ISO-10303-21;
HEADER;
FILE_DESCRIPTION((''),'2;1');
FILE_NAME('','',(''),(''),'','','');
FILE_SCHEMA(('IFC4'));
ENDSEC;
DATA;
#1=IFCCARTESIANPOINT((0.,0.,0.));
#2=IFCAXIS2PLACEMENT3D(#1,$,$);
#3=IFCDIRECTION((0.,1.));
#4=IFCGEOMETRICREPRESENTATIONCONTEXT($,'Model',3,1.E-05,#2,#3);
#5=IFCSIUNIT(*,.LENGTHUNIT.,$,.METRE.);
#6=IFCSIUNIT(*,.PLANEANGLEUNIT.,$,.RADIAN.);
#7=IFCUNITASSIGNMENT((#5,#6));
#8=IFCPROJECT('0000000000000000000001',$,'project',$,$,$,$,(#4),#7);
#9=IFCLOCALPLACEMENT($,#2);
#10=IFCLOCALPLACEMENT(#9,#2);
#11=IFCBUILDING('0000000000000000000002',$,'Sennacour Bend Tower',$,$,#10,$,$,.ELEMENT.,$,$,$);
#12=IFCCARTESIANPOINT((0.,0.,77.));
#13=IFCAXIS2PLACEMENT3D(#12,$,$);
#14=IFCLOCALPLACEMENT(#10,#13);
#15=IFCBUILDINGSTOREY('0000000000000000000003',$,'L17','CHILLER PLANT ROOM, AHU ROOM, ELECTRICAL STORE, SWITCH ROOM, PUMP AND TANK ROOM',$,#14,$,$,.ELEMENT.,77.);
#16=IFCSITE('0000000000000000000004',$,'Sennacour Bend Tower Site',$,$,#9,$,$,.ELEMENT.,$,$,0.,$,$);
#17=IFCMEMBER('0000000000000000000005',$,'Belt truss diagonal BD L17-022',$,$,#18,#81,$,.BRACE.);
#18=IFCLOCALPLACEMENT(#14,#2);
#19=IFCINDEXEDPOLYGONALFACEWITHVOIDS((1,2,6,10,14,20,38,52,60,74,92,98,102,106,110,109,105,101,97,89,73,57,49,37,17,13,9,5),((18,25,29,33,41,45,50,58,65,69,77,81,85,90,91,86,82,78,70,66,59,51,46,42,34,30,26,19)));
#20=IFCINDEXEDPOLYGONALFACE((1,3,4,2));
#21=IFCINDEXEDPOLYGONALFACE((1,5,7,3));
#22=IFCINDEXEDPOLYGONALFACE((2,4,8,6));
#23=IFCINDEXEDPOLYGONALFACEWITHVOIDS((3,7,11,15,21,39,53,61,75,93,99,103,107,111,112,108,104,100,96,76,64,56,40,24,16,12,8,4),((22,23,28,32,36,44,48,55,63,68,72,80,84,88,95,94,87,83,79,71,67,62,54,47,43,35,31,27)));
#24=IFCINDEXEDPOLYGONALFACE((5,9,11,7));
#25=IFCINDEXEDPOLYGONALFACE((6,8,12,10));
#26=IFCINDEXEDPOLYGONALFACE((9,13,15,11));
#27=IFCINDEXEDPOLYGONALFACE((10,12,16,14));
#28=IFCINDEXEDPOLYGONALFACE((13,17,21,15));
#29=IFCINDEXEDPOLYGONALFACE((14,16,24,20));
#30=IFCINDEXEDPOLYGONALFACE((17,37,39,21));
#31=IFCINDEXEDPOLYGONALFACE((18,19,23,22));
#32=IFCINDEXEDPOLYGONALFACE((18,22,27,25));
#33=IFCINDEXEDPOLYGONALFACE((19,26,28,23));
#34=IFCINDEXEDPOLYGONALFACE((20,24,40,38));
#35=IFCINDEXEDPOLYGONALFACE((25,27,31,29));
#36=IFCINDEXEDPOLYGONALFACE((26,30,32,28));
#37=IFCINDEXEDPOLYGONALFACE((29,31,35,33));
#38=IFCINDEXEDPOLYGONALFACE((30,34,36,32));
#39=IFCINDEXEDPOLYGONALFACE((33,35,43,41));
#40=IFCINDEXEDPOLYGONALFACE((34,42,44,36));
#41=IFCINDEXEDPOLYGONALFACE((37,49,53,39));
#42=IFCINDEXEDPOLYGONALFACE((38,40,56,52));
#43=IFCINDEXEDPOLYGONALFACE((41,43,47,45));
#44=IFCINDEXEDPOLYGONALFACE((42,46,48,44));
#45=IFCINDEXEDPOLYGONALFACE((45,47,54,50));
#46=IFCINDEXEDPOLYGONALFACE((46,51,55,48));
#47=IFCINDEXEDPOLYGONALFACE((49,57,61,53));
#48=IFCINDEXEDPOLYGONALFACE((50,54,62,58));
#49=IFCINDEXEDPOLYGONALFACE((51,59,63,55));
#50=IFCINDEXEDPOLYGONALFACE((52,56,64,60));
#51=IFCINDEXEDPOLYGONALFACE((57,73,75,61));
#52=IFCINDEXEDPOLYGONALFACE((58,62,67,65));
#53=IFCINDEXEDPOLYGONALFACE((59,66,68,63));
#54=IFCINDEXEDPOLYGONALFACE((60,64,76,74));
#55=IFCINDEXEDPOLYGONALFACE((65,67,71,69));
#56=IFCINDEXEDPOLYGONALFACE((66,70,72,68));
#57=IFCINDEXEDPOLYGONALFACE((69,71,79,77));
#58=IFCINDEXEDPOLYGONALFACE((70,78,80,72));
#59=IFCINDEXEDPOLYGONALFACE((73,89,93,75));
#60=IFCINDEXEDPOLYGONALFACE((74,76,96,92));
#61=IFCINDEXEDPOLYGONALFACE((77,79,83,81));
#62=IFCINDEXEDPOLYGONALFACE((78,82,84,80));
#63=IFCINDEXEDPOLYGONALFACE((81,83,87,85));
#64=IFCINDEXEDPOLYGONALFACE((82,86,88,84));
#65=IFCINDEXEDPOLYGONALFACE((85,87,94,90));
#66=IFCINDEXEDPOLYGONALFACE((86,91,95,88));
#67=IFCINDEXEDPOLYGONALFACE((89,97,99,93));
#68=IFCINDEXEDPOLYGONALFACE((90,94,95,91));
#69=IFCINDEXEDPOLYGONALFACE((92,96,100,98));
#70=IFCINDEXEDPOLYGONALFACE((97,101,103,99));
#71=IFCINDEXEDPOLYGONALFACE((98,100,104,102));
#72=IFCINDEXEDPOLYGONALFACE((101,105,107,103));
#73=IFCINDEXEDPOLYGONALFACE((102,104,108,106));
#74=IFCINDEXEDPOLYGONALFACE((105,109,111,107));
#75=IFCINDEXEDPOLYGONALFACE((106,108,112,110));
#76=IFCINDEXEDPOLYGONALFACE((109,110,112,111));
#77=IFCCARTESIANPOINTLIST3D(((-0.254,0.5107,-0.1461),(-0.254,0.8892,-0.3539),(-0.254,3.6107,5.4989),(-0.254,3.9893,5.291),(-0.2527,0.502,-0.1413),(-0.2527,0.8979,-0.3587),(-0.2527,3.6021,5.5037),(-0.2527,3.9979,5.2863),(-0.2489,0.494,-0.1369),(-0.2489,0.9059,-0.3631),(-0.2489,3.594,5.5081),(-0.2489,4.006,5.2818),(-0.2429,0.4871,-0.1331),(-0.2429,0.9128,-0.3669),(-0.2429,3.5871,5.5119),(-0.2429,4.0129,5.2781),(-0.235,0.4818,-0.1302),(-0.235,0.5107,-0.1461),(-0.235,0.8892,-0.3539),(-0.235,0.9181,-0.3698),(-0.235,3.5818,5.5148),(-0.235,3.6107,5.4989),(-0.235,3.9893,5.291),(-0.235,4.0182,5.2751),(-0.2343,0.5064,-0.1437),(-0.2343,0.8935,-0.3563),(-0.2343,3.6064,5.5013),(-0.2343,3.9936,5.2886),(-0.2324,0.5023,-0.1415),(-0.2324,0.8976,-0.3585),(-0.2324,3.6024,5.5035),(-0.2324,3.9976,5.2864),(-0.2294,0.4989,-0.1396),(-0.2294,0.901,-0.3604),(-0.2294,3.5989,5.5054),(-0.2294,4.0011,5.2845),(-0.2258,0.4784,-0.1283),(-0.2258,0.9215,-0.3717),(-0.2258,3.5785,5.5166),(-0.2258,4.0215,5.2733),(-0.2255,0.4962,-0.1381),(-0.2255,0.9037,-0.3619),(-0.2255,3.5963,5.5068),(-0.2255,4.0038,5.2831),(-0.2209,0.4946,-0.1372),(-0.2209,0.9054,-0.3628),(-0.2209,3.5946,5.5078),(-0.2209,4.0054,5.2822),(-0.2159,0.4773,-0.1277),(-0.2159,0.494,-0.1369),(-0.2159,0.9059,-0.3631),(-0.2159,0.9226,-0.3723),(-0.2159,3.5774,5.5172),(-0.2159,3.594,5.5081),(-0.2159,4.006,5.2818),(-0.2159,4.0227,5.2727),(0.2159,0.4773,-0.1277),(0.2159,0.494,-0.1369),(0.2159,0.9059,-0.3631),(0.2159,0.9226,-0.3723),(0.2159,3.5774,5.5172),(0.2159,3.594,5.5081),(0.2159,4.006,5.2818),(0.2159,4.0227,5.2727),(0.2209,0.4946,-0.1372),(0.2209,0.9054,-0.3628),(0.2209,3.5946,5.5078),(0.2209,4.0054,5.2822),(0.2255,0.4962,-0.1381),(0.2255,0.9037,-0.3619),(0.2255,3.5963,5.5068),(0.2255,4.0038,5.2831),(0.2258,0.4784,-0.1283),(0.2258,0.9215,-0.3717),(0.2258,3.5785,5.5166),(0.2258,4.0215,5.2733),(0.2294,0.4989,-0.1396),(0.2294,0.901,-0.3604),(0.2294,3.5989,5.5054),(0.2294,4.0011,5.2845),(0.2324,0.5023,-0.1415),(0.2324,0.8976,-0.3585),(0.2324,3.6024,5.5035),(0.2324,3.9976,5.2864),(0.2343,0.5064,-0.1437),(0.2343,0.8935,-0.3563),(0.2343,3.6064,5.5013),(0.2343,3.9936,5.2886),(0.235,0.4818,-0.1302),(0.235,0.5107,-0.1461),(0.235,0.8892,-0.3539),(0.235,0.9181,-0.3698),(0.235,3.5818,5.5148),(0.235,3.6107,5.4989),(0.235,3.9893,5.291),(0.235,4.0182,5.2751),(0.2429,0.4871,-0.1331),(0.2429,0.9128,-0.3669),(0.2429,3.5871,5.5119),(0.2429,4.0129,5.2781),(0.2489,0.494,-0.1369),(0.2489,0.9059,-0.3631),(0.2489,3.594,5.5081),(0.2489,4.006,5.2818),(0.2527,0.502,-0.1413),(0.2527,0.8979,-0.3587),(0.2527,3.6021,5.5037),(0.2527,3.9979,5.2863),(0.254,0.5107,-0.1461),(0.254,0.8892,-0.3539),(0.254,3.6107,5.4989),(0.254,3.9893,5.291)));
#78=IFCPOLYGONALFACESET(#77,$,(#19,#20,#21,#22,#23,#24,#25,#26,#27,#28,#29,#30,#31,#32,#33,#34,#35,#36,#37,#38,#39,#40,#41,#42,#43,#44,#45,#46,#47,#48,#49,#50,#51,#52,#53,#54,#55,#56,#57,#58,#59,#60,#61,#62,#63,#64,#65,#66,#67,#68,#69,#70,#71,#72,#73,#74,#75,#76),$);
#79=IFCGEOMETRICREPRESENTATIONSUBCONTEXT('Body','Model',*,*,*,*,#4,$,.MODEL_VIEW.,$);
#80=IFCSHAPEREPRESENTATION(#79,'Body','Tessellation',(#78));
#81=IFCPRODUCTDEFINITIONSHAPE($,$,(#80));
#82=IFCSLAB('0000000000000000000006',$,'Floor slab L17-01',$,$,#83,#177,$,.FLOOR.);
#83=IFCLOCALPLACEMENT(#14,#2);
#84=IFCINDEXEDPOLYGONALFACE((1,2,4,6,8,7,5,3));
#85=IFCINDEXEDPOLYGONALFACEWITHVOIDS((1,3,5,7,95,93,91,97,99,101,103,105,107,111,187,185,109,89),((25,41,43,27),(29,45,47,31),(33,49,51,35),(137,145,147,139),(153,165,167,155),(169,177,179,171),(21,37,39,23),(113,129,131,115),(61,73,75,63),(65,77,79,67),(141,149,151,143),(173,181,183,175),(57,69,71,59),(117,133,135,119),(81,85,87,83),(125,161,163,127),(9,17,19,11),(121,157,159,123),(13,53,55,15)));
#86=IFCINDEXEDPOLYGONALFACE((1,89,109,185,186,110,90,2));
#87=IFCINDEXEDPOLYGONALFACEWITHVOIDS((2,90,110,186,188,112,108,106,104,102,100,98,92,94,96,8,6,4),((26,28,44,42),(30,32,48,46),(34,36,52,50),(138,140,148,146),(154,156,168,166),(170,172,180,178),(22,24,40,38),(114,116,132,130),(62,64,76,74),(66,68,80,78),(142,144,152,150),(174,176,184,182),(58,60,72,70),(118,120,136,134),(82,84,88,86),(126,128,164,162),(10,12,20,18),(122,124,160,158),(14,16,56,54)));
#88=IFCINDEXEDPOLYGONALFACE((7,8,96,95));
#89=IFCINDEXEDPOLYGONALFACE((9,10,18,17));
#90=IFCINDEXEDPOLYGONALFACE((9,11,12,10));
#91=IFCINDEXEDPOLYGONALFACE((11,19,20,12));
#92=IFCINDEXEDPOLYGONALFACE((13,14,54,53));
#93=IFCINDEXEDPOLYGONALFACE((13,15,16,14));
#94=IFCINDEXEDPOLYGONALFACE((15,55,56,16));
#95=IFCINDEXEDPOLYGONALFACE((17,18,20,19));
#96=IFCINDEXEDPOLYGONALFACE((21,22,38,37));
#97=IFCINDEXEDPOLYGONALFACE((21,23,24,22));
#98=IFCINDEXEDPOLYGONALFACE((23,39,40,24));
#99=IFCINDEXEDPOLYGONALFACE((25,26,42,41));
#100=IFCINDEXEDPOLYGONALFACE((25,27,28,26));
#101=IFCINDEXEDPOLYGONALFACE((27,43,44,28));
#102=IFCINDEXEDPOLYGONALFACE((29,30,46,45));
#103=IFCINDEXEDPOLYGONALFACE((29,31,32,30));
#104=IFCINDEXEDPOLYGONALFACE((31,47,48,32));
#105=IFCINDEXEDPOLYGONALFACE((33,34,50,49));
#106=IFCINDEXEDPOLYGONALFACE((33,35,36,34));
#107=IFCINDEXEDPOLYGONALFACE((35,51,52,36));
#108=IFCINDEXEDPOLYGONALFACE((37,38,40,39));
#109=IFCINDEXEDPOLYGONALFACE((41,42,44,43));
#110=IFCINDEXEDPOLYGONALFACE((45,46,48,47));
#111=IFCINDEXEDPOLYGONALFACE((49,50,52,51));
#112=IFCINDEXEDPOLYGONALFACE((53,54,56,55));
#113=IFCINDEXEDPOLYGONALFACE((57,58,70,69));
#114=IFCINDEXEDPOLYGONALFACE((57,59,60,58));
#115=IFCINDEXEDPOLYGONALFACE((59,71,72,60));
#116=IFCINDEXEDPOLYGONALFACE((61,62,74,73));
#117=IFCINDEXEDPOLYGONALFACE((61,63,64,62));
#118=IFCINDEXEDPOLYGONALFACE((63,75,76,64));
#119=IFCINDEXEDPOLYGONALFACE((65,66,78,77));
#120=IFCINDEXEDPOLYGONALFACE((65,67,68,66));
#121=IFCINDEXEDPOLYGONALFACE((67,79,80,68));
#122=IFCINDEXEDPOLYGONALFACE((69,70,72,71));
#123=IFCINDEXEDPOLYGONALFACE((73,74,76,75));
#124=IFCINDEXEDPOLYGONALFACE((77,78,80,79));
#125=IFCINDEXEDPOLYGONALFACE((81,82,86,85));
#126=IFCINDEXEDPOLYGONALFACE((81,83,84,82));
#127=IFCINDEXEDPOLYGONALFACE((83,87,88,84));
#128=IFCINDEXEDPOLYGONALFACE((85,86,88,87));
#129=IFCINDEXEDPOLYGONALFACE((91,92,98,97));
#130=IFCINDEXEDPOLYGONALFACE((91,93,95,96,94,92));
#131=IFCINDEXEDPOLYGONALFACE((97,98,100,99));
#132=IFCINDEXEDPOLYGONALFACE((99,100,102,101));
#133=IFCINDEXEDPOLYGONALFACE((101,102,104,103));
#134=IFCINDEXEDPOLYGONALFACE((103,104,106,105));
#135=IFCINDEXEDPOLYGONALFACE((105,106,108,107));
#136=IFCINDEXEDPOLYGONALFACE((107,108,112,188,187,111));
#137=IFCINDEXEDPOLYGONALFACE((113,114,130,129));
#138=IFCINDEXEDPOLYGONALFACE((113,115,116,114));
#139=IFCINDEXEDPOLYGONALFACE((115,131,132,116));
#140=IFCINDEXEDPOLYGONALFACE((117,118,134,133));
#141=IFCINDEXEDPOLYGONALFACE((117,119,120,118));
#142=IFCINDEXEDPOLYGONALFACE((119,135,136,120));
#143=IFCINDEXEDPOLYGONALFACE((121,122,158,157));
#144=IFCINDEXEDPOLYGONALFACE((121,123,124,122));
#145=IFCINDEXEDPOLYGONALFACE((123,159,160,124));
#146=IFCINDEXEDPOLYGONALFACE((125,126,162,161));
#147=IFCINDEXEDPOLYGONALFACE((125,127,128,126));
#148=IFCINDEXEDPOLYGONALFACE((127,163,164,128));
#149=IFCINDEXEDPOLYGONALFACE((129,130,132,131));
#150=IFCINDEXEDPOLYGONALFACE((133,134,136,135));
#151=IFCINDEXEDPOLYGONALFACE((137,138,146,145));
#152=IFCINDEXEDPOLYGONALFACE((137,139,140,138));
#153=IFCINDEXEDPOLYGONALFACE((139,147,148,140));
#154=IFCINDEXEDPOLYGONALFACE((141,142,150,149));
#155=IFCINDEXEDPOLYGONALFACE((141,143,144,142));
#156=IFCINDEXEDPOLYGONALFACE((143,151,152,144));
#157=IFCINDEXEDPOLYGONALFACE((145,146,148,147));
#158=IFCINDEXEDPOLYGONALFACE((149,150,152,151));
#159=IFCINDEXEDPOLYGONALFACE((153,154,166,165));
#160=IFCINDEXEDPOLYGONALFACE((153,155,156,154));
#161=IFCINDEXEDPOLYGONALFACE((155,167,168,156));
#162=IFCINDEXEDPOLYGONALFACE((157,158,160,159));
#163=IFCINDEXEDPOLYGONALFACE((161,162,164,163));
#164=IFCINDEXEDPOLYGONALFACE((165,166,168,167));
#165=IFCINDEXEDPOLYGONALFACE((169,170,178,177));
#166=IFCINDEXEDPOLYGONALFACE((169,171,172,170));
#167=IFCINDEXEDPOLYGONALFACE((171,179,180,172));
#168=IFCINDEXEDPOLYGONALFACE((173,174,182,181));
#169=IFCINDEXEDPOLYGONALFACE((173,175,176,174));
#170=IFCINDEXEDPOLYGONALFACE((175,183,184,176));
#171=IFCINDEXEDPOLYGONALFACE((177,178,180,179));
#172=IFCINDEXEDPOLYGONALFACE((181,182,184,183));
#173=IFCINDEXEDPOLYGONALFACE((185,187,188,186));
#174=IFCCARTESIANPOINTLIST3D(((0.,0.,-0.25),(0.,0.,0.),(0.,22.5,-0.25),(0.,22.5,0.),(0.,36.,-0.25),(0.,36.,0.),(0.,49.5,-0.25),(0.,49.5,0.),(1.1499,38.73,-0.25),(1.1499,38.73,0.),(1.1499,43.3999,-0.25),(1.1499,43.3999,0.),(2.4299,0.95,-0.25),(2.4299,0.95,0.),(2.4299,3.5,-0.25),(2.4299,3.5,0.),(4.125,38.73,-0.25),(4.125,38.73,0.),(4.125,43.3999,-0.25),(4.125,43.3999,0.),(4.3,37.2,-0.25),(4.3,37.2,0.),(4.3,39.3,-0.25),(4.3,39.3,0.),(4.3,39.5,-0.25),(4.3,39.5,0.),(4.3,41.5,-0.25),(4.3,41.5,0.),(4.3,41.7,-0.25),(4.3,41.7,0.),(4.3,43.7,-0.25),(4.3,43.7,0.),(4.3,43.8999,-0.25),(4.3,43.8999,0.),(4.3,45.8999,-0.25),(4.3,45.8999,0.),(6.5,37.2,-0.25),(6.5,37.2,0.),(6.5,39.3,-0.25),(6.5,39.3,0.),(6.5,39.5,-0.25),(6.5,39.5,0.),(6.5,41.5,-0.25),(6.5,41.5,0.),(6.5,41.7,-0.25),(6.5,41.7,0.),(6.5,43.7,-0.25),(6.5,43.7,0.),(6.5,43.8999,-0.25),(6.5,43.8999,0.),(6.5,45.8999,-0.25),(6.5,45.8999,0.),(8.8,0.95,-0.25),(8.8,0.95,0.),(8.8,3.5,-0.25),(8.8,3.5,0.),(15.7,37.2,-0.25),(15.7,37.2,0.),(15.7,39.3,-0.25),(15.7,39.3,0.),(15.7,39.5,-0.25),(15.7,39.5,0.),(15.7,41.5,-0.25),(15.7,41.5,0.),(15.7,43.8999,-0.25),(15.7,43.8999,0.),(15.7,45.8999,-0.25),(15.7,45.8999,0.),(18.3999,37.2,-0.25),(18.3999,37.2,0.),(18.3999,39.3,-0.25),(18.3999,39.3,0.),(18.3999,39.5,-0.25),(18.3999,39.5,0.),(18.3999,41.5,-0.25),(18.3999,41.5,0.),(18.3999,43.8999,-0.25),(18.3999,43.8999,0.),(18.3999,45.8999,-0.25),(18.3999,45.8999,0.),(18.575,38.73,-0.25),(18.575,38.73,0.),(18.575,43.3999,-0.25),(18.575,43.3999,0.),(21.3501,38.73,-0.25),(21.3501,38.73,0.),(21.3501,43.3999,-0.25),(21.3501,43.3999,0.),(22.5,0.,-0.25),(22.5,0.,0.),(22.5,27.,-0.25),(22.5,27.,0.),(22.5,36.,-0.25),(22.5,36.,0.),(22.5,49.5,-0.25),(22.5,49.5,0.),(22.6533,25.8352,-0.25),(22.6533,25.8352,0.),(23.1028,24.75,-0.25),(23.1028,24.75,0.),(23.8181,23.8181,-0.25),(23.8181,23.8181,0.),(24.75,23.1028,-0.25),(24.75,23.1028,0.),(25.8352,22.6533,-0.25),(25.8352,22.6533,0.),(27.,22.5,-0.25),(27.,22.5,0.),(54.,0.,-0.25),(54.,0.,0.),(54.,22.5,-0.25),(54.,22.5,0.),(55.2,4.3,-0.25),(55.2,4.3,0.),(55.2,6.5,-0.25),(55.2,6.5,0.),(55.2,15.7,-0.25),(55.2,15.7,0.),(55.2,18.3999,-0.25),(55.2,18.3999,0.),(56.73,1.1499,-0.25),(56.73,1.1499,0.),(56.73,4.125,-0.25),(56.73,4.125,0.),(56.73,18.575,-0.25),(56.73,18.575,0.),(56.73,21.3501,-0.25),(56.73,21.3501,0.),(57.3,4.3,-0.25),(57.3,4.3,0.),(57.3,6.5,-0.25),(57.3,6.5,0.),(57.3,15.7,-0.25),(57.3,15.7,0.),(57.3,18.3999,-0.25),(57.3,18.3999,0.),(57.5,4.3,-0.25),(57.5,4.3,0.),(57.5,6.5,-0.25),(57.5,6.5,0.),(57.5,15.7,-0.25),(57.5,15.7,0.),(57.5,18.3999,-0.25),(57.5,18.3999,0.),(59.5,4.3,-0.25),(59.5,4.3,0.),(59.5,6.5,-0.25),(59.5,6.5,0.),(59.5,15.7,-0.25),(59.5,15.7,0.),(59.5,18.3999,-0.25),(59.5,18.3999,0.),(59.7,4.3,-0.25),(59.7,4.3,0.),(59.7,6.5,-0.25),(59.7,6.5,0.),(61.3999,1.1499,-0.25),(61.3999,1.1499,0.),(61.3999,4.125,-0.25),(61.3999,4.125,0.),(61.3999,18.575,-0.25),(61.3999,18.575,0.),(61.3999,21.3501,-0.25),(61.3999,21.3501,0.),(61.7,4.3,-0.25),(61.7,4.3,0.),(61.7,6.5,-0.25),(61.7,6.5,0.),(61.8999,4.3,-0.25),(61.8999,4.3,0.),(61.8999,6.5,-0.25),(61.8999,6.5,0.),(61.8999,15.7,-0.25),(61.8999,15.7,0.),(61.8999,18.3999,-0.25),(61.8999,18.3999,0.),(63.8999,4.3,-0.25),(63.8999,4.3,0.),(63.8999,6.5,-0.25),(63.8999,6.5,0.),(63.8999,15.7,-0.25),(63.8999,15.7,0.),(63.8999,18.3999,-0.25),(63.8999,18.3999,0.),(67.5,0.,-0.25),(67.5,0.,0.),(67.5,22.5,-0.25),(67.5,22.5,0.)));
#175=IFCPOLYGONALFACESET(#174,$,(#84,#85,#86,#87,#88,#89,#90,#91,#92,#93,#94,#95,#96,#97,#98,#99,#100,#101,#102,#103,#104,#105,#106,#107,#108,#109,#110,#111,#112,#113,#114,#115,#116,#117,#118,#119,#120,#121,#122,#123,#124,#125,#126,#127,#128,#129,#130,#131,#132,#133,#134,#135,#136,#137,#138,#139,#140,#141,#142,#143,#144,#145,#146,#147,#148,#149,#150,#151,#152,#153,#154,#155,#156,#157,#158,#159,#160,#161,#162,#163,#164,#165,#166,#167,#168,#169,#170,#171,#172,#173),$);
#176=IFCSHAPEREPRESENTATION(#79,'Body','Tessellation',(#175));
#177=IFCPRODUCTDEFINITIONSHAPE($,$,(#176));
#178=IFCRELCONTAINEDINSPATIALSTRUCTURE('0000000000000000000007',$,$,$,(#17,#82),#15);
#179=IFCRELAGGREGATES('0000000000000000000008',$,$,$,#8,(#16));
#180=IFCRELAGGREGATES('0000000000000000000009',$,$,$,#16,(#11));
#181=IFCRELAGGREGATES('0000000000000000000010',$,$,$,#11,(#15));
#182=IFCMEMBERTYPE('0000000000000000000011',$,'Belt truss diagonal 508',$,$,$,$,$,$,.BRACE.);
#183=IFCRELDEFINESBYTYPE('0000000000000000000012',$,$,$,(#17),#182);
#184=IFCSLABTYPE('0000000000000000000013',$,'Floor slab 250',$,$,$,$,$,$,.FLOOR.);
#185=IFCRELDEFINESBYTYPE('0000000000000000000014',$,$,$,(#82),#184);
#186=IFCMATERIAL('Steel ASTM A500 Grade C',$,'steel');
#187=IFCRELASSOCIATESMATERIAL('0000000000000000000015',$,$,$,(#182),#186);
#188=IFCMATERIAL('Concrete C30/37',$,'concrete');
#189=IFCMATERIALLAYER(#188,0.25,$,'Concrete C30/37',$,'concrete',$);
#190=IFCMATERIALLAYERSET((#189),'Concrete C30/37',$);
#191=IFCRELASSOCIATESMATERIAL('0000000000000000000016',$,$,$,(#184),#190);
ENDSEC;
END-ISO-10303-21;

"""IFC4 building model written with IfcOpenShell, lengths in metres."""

from ifc_helpers import new_model, si_unit, direction, frame, origin, origin_2d, place, context, subcontext, project, spatial, polyline, hollow_rectangle, outline, extrude, material, layer, layer_set, material_profile, profile_set, type_object, element, save


model = new_model("IFC4")

# Units and contexts
model_context = context("Model", 3, precision=1e-05, world=origin(), true_north=direction((0.0, 1.0)))
body_context = subcontext(model_context, "Body", "Model", "MODEL_VIEW")
ifc_project = project(units=[si_unit("LENGTHUNIT", "METRE"), si_unit("PLANEANGLEUNIT", "RADIAN")], contexts=[model_context])

# Site, building, storey
site_placement = place(None, origin())
site = spatial("IfcSite", under=ifc_project, at=site_placement, Name="Sennacour Bend Tower Site", CompositionType="ELEMENT", RefElevation=0.0)
building_placement = place(site_placement, origin())
building = spatial("IfcBuilding", under=site, at=building_placement, Name="Sennacour Bend Tower", CompositionType="ELEMENT")
storey_placement = place(building_placement, frame((0.0, 0.0, 77.0)))
storey = spatial("IfcBuildingStorey", under=building, at=storey_placement, Name="L17", Description="CHILLER PLANT ROOM, AHU ROOM, ELECTRICAL STORE, SWITCH ROOM, PUMP AND TANK ROOM", CompositionType="ELEMENT", Elevation=77.0)

# Member
ifc_material_1 = material(Name="Steel ASTM A500 Grade C", Category="steel")
ifc_material_profile_1 = material_profile(ifc_material_1, hollow_rectangle(XDim=0.5081, YDim=0.5081, WallThickness=0.019, InnerFilletRadius=0.019, OuterFilletRadius=0.0381, at=origin_2d()), Name="Steel ASTM A500 Grade C", Category="steel")
ifc_profile_set_1 = profile_set([ifc_material_profile_1], Name="Steel ASTM A500 Grade C")
member_type_1 = type_object("IfcMemberType", Name="Belt truss diagonal 508", PredefinedType="BRACE", material=ifc_profile_set_1)
for number, where, z_axis, x_axis, name in (
    (1, (0.0, 0.7, -0.25), (0.0, 0.481363, 0.876521), (-1.0, 0.0, 0.0), "Belt truss diagonal BD L17-022"),
):
    element("IfcMember", number, at=place(storey_placement, frame(where, z_axis=z_axis, x_axis=x_axis)), inside=storey, type_object=member_type_1, Name=name, PredefinedType="BRACE", context=body_context, shape_type="SweptSolid", body=[
        extrude(hollow_rectangle(XDim=0.5081, YDim=0.5081, WallThickness=0.019, InnerFilletRadius=0.019, OuterFilletRadius=0.0381, at=origin_2d()), origin(), (0.0, 0.0, 1.0), 6.4402),
    ])

# Slab
ifc_material_2 = material(Name="Concrete C30/37", Category="concrete")
ifc_layer_1 = layer(ifc_material_2, 0.25, Name="Concrete C30/37", Category="concrete")
ifc_layer_set_1 = layer_set([ifc_layer_1], Name="Concrete C30/37")
slab_type_1 = type_object("IfcSlabType", Name="Floor slab 250", PredefinedType="FLOOR", material=ifc_layer_set_1)
slab_1_placement = place(storey_placement, frame((0.0, 0.0, -0.25)))
element("IfcSlab", 2, at=slab_1_placement, inside=storey, type_object=slab_type_1, Name="Floor slab L17-01", PredefinedType="FLOOR", context=body_context, shape_type="SweptSolid", body=[
    extrude(outline(polyline([(0.0, 36.0), (0.0, 49.5), (22.5, 49.5), (22.5, 36.0), (22.5, 27.0), (22.6533, 25.8352), (23.1028, 24.75), (23.8181, 23.8181), (24.75, 23.1028), (25.8352, 22.6533), (27.0, 22.5), (54.0, 22.5), (67.5, 22.5), (67.5, 0.0), (54.0, 0.0), (22.5, 0.0), (0.0, 0.0), (0.0, 22.5), (0.0, 36.0)]), holes=[polyline([(8.8, 0.95), (8.8, 3.5), (2.4299, 3.5), (2.4299, 0.95), (8.8, 0.95)]), polyline([(6.5, 37.2), (6.5, 39.3), (4.3, 39.3), (4.3, 37.2), (6.5, 37.2)]), polyline([(18.3999, 37.2), (18.3999, 39.3), (15.7, 39.3), (15.7, 37.2), (18.3999, 37.2)]), polyline([(6.5, 39.5), (6.5, 41.5), (4.3, 41.5), (4.3, 39.5), (6.5, 39.5)]), polyline([(18.3999, 39.5), (18.3999, 41.5), (15.7, 41.5), (15.7, 39.5), (18.3999, 39.5)]), polyline([(4.125, 38.73), (4.125, 43.3999), (1.1499, 43.3999), (1.1499, 38.73), (4.125, 38.73)]), polyline([(21.3501, 38.73), (21.3501, 43.3999), (18.575, 43.3999), (18.575, 38.73), (21.3501, 38.73)]), polyline([(4.3, 41.7), (6.5, 41.7), (6.5, 43.7), (4.3, 43.7), (4.3, 41.7)]), polyline([(4.3, 43.8999), (6.5, 43.8999), (6.5, 45.8999), (4.3, 45.8999), (4.3, 43.8999)]), polyline([(18.3999, 43.8999), (18.3999, 45.8999), (15.7, 45.8999), (15.7, 43.8999), (18.3999, 43.8999)]), polyline([(61.3999, 1.1499), (61.3999, 4.125), (56.73, 4.125), (56.73, 1.1499), (61.3999, 1.1499)]), polyline([(57.3, 4.3), (57.3, 6.5), (55.2, 6.5), (55.2, 4.3), (57.3, 4.3)]), polyline([(57.5, 4.3), (59.5, 4.3), (59.5, 6.5), (57.5, 6.5), (57.5, 4.3)]), polyline([(59.7, 4.3), (61.7, 4.3), (61.7, 6.5), (59.7, 6.5), (59.7, 4.3)]), polyline([(63.8999, 4.3), (63.8999, 6.5), (61.8999, 6.5), (61.8999, 4.3), (63.8999, 4.3)]), polyline([(57.3, 15.7), (57.3, 18.3999), (55.2, 18.3999), (55.2, 15.7), (57.3, 15.7)]), polyline([(59.5, 15.7), (59.5, 18.3999), (57.5, 18.3999), (57.5, 15.7), (59.5, 15.7)]), polyline([(61.8999, 15.7), (63.8999, 15.7), (63.8999, 18.3999), (61.8999, 18.3999), (61.8999, 15.7)]), polyline([(56.73, 18.575), (61.3999, 18.575), (61.3999, 21.3501), (56.73, 21.3501), (56.73, 18.575)])]), origin(), (0.0, 0.0, 1.0), 0.25),
])

save(model, "model.ifc")
